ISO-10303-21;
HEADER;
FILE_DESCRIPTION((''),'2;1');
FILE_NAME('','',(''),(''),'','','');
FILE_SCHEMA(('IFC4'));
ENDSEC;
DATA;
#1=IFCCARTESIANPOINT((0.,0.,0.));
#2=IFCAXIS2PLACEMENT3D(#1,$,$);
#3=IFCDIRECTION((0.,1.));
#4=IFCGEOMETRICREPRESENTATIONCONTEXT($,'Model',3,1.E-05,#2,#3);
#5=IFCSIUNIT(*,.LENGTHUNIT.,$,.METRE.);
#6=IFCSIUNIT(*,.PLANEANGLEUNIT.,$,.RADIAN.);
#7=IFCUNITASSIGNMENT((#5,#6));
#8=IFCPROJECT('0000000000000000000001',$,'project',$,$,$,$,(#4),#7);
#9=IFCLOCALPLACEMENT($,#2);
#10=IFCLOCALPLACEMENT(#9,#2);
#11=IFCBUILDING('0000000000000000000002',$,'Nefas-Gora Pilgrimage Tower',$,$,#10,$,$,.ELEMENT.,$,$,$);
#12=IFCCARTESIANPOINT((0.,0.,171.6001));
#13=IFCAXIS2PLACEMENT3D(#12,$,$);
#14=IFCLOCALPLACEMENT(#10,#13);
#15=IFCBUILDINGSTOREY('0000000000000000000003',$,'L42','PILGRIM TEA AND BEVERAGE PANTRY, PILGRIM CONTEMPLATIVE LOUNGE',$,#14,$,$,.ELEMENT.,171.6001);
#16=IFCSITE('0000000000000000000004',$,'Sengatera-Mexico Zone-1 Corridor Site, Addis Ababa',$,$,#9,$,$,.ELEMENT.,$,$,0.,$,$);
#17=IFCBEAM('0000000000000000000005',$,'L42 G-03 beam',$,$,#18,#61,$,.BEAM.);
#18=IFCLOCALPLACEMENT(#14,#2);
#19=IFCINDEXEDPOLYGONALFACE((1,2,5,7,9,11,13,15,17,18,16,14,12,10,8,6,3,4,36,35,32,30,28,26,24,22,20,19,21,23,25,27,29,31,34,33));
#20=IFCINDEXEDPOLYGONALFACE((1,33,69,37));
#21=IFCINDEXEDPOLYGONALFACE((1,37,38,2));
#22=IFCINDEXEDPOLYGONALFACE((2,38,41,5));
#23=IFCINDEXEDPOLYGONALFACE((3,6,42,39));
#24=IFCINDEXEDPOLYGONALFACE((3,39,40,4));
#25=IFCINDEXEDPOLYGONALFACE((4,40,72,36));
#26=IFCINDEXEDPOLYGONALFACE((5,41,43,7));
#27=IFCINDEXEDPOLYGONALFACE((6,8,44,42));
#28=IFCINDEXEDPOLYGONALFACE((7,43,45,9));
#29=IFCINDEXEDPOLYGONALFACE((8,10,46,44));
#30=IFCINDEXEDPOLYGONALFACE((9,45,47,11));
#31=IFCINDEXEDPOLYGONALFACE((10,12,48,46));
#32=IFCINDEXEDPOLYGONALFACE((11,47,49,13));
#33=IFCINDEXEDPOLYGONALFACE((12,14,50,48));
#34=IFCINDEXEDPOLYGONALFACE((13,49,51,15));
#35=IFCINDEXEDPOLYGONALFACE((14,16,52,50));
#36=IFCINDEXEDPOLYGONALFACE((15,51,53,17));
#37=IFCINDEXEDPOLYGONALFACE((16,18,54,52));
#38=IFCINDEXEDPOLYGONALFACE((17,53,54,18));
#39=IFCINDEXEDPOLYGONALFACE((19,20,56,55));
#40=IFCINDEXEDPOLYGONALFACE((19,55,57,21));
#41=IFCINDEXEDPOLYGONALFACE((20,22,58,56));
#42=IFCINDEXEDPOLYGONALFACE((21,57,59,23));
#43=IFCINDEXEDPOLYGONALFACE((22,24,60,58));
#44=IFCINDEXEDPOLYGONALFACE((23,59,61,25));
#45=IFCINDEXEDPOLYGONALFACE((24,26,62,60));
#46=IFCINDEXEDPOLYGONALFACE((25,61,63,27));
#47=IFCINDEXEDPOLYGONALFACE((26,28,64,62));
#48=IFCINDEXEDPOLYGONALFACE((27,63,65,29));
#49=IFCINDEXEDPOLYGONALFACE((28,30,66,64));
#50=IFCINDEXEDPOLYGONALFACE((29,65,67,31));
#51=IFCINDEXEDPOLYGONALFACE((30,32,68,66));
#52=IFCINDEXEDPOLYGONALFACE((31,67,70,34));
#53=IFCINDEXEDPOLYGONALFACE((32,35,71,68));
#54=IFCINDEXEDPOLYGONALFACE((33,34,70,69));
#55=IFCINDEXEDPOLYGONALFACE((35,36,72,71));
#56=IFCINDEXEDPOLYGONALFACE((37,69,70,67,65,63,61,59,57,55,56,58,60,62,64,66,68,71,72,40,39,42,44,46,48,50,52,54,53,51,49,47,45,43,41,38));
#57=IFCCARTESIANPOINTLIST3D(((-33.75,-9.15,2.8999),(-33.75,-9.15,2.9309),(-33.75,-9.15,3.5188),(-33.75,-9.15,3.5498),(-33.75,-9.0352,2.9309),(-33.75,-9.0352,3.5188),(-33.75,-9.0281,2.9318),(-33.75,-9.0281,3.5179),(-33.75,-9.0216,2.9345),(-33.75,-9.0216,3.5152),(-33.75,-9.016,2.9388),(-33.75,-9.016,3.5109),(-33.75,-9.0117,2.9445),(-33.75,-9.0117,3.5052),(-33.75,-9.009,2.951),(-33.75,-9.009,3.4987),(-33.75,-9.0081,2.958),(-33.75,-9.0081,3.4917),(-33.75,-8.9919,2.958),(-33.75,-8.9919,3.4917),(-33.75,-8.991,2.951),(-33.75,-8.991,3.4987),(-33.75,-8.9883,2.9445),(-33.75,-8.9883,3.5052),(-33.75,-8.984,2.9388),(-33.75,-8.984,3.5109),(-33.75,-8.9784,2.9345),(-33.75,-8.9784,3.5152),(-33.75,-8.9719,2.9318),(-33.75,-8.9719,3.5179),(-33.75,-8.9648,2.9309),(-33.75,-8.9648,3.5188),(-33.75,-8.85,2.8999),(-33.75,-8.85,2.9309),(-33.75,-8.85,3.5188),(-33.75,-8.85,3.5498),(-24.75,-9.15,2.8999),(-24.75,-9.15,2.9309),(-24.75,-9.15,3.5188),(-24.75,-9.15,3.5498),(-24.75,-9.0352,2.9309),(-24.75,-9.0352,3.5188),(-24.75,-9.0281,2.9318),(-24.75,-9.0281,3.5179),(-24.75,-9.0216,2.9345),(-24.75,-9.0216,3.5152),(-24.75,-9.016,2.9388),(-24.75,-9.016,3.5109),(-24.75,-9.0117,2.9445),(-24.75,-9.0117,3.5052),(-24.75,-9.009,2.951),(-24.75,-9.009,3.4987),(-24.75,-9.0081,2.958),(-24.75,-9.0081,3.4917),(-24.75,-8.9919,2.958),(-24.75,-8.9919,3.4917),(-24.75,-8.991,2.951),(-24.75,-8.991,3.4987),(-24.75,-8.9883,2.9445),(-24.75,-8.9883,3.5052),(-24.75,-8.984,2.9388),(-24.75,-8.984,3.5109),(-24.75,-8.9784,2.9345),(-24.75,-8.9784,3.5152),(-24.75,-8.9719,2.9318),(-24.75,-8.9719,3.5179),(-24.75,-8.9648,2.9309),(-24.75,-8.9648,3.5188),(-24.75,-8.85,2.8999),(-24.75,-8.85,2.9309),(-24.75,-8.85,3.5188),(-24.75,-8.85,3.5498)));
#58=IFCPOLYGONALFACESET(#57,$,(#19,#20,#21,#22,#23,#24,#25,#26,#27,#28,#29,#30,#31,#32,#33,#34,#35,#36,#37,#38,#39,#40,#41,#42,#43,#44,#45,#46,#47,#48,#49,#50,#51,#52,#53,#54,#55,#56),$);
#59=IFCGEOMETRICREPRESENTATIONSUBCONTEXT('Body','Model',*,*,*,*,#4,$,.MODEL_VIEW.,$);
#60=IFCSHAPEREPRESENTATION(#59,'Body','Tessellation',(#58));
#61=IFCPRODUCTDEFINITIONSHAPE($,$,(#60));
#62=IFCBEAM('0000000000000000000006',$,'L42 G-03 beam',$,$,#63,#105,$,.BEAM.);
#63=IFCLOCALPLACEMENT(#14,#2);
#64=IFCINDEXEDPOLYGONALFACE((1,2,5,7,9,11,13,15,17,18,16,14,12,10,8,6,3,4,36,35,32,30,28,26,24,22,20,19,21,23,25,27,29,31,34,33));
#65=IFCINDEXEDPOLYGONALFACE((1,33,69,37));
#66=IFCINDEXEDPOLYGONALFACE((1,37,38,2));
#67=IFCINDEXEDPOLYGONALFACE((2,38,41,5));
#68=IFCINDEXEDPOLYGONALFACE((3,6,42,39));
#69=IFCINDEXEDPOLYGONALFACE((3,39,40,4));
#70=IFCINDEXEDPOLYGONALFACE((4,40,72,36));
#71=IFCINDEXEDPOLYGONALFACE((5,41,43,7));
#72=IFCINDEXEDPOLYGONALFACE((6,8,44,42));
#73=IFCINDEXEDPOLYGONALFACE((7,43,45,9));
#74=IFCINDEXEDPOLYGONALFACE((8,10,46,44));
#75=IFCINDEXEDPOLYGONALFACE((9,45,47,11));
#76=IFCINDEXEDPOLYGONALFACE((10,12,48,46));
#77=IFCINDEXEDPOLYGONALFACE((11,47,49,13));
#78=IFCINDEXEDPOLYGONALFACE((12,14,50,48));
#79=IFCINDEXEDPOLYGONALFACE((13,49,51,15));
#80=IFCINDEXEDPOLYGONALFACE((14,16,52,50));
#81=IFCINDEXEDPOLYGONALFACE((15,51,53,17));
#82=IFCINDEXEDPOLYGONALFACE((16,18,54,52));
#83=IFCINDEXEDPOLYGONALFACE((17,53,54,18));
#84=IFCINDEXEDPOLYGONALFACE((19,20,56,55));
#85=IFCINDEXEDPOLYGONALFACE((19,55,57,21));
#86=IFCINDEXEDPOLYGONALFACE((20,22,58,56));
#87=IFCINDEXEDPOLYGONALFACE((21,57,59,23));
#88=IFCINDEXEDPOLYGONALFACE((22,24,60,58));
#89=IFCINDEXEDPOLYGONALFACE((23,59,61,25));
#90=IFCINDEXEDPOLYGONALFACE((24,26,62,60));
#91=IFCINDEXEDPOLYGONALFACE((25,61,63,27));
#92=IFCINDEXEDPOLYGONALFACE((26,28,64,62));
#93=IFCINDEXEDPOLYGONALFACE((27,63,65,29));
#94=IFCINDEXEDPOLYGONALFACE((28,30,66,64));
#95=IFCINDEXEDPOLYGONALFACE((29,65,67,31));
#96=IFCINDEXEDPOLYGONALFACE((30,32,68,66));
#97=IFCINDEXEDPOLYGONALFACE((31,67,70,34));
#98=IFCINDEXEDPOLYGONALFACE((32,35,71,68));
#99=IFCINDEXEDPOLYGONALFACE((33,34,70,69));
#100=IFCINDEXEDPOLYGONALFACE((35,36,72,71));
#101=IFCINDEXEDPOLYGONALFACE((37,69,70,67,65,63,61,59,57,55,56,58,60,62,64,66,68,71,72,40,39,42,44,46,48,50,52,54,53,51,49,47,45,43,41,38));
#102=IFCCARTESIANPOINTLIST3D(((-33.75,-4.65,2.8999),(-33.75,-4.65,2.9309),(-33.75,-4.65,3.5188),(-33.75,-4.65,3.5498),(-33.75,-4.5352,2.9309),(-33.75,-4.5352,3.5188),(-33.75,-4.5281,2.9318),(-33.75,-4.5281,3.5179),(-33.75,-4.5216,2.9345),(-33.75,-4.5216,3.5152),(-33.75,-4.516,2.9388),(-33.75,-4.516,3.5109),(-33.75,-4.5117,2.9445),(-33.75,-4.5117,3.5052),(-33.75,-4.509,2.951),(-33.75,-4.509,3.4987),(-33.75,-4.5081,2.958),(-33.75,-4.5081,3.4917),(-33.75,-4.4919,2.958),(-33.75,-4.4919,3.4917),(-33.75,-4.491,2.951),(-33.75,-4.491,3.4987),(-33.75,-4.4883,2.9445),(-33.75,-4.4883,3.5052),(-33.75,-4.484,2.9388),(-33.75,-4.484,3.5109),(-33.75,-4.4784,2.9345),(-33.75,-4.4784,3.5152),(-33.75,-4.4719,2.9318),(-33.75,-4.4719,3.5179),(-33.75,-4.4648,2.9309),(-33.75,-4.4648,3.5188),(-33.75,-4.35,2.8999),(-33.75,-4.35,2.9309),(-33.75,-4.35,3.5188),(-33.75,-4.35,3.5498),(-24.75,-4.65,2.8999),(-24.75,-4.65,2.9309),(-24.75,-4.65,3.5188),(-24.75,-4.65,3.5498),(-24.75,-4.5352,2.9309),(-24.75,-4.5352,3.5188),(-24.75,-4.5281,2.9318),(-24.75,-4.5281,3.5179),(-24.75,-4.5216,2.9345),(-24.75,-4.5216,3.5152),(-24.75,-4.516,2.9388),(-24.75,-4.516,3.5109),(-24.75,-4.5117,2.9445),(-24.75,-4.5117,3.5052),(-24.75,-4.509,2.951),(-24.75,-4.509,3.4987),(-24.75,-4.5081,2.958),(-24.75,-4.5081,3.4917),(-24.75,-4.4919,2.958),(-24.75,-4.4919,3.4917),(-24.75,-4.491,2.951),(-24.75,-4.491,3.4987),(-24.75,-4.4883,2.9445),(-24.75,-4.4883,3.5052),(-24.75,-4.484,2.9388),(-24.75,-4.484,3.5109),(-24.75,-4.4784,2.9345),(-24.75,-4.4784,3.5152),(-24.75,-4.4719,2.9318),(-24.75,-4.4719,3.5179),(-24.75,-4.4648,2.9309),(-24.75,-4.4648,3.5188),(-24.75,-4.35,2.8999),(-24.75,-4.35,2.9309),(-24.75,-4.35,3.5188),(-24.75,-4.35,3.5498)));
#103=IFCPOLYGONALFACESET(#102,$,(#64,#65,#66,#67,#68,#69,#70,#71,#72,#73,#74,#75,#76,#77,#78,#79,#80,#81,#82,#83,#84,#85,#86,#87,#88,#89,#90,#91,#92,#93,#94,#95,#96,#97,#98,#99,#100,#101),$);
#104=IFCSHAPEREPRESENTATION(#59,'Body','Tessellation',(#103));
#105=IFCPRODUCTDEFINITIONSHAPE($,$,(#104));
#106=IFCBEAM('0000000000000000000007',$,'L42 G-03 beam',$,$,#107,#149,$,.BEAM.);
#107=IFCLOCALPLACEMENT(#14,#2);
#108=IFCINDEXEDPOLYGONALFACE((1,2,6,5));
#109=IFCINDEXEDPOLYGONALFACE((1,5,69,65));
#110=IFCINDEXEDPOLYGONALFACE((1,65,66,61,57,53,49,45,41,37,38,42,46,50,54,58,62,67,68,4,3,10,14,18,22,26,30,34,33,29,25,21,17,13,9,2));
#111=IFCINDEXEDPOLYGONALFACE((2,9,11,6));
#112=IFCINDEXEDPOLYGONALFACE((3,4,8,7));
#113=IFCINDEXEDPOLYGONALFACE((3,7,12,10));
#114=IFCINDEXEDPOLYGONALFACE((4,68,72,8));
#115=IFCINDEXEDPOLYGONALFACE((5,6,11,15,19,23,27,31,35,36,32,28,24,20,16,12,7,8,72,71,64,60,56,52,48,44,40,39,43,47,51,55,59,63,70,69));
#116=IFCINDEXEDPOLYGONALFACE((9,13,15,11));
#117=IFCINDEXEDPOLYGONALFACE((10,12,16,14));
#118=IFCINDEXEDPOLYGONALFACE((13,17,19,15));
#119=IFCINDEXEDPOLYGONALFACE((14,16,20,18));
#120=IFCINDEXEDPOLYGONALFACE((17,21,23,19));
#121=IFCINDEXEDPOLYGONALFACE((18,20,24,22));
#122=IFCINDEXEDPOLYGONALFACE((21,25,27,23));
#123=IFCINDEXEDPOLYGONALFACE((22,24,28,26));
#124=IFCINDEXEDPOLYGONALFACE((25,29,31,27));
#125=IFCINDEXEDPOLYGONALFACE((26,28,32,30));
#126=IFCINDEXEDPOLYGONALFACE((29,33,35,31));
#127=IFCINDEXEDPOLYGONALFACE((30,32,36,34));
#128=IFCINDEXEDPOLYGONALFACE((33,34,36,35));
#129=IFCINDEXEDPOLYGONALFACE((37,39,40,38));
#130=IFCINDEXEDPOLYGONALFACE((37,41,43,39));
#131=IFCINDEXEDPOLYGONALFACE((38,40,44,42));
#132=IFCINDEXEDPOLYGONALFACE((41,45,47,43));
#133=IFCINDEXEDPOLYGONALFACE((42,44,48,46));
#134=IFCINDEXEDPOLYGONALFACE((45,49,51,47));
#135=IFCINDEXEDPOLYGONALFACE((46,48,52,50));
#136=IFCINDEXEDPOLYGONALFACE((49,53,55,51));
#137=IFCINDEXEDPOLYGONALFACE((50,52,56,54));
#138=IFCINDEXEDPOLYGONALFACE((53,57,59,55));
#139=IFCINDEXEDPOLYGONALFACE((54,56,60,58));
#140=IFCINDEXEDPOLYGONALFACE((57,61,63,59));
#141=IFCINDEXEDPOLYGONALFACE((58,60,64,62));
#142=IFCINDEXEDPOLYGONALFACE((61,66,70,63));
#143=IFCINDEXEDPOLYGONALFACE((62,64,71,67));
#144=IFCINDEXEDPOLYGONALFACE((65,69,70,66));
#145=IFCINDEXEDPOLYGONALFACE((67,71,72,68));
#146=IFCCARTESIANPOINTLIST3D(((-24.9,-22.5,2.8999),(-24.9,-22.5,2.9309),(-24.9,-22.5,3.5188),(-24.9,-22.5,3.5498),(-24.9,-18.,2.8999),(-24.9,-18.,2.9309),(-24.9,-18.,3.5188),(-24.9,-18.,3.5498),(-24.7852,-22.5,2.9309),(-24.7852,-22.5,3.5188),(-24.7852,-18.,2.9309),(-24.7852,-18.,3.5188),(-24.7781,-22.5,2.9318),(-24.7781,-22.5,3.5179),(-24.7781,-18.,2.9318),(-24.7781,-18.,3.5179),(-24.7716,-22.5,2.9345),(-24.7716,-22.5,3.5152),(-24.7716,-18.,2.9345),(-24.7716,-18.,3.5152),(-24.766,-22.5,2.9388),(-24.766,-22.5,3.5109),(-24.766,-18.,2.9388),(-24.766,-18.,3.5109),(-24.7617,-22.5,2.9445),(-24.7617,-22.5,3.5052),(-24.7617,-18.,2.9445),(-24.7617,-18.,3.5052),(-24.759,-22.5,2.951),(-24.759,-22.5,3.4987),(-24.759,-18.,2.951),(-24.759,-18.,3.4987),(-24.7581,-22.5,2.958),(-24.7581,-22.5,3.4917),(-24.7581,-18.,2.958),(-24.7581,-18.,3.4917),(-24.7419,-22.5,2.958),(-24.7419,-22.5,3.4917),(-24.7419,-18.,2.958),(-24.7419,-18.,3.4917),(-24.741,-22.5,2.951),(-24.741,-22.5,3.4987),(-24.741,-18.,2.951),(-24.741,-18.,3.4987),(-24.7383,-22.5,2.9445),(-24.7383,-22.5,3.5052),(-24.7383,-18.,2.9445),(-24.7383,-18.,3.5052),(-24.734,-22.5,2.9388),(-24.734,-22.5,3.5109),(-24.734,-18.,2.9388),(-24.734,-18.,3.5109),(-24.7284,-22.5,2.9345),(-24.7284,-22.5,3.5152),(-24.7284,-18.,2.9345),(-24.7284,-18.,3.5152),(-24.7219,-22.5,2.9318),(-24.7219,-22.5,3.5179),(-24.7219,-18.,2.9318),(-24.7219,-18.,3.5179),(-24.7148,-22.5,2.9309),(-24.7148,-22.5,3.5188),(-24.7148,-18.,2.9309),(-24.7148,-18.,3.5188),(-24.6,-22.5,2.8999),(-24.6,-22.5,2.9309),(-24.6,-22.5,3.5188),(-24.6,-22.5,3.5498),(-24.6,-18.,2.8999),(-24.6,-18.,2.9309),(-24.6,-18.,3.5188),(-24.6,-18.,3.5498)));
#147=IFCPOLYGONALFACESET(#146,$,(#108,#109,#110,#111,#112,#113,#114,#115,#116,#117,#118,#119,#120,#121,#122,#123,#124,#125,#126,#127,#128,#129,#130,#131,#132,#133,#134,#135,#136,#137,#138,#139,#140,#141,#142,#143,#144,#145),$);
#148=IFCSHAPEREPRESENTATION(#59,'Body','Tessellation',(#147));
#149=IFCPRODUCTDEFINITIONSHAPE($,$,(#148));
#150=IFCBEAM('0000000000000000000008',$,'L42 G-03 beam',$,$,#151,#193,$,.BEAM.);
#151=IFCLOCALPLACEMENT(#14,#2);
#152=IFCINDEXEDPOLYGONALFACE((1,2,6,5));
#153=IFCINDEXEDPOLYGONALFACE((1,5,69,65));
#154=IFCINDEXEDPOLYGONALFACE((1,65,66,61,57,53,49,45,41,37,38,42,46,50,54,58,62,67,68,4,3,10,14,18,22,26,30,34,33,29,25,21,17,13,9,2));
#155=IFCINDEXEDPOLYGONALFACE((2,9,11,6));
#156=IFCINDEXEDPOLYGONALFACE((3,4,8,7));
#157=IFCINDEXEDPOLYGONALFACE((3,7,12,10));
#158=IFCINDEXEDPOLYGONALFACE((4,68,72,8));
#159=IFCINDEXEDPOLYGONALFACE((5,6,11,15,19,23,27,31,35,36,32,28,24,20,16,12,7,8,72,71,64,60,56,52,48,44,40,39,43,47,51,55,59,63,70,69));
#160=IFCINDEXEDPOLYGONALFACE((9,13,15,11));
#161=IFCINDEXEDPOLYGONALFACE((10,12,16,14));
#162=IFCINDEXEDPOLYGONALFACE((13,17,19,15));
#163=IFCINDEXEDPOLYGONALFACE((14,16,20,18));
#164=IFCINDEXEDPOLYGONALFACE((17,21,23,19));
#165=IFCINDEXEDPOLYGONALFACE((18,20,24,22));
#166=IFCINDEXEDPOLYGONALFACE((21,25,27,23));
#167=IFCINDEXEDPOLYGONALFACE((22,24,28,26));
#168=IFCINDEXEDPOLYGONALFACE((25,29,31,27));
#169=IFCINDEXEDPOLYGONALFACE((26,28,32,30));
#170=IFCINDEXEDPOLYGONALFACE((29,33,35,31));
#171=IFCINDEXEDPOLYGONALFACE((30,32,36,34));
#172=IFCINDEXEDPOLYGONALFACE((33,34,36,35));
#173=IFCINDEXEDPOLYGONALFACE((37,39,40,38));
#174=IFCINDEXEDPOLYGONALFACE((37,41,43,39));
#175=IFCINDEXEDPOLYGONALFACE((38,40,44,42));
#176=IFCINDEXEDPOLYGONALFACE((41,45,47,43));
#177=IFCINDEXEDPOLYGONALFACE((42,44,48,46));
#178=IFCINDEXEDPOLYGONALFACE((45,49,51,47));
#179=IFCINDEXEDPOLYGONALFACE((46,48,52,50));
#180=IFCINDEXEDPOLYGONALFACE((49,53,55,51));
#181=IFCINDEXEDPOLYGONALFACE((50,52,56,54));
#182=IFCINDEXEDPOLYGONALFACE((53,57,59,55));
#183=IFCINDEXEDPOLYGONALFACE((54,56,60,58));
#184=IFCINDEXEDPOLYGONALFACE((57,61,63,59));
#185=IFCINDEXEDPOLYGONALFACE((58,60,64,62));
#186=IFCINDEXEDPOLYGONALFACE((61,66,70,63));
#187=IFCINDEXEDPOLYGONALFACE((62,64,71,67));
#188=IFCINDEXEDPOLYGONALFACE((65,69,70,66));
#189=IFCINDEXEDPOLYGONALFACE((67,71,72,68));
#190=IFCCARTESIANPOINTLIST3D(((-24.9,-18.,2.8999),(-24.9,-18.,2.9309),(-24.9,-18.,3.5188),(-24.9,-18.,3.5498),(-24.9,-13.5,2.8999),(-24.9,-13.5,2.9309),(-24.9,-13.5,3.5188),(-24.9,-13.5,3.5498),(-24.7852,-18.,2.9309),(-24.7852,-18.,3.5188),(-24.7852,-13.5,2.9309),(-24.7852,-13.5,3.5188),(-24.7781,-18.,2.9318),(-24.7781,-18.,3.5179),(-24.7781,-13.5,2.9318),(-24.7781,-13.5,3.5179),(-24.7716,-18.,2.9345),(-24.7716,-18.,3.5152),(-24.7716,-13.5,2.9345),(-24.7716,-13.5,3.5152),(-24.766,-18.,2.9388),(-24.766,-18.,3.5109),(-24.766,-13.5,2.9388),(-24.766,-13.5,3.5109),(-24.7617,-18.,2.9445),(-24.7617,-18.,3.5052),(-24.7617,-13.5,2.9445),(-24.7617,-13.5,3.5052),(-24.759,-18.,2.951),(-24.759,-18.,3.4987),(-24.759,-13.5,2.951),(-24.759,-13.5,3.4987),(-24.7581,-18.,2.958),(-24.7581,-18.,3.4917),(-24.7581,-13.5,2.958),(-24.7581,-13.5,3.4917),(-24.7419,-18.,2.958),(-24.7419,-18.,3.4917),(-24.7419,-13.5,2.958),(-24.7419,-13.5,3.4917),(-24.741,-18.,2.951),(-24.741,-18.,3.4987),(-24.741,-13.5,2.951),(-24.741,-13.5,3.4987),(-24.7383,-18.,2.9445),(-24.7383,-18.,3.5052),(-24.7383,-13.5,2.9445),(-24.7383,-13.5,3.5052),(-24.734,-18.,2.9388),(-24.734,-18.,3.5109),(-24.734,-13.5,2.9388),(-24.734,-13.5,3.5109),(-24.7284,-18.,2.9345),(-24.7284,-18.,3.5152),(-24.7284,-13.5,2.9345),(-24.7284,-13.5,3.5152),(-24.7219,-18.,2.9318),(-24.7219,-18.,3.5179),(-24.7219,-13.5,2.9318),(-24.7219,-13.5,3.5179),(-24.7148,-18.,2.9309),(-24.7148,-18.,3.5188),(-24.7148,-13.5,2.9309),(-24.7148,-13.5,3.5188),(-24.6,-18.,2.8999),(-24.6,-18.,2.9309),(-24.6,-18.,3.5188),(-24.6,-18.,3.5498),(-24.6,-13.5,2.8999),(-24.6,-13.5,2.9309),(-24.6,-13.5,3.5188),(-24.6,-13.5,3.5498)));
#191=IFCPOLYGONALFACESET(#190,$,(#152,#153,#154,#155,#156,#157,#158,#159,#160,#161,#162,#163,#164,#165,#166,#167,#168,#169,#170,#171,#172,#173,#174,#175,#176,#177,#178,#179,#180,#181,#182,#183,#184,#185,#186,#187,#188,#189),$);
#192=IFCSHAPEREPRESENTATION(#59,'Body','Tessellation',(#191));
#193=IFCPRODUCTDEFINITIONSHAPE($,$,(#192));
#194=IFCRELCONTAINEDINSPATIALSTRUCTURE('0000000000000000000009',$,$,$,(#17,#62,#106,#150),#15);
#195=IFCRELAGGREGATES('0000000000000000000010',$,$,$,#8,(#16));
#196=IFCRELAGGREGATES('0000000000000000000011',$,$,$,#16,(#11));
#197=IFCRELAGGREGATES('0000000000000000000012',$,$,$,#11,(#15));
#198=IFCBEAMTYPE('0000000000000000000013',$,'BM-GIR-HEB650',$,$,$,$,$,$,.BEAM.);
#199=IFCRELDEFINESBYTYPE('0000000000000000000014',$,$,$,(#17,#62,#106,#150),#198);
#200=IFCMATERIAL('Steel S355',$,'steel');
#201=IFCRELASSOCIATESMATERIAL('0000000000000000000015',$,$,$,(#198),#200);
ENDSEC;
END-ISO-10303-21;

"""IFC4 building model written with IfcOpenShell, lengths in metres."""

from ifc_helpers import new_model, si_unit, direction, frame, origin, origin_2d, place, context, subcontext, project, spatial, i_section, extrude, source, transform, mapped, material, material_profile, profile_set, type_object, element, save


model = new_model("IFC4")

# Units and contexts
model_context = context("Model", 3, precision=1e-05, world=origin(), true_north=direction((0.0, 1.0)))
body_context = subcontext(model_context, "Body", "Model", "MODEL_VIEW")
ifc_project = project(units=[si_unit("LENGTHUNIT", "METRE"), si_unit("PLANEANGLEUNIT", "RADIAN")], contexts=[model_context])

# Site, building, storey
site_placement = place(None, origin())
site = spatial("IfcSite", under=ifc_project, at=site_placement, Name="Sengatera-Mexico Zone-1 Corridor Site, Addis Ababa", CompositionType="ELEMENT", RefElevation=0.0)
building_placement = place(site_placement, origin())
building = spatial("IfcBuilding", under=site, at=building_placement, Name="Nefas-Gora Pilgrimage Tower", CompositionType="ELEMENT")
storey_placement = place(building_placement, frame((0.0, 0.0, 171.6001)))
storey = spatial("IfcBuildingStorey", under=building, at=storey_placement, Name="L42", Description="PILGRIM TEA AND BEVERAGE PANTRY, PILGRIM CONTEMPLATIVE LOUNGE", CompositionType="ELEMENT", Elevation=171.6001)

# Beams
ifc_material_1 = material(Name="Steel S355", Category="steel")
ifc_material_profile_1 = material_profile(ifc_material_1, i_section(OverallWidth=0.3, OverallDepth=0.6499, WebThickness=0.0161, FlangeThickness=0.031, FilletRadius=0.0271, at=origin_2d()), Name="HEB 650")
ifc_profile_set_1 = profile_set([ifc_material_profile_1], Name="Steel S355")
beam_type_1 = type_object("IfcBeamType", Name="BM-GIR-HEB650", PredefinedType="BEAM", material=ifc_profile_set_1)
shared_shape_1 = source(origin(), body_context, "Body", "SweptSolid", [
    extrude(i_section(OverallWidth=0.3, OverallDepth=0.6499, WebThickness=0.0161, FlangeThickness=0.031, FilletRadius=0.0271, at=origin_2d()), origin(), (0.0, 0.0, 1.0), 9.0),
])
for number, where, z_axis, x_axis, name in (
    (1, (-33.75, -9.0, 3.2249), (1.0, 0.0, 0.0), (0.0, 1.0, 0.0), "L42 G-03 beam"),
    (2, (-33.75, -4.5, 3.2249), (1.0, 0.0, 0.0), (0.0, 1.0, 0.0), "L42 G-03 beam"),
):
    element("IfcBeam", number, at=place(storey_placement, frame(where, z_axis=z_axis, x_axis=x_axis)), inside=storey, type_object=beam_type_1, Name=name, PredefinedType="BEAM", context=body_context, shape_type="MappedRepresentation", body=[
        mapped(shared_shape_1, transform((0.0, 0.0, 0.0), x_axis=(1.0, 0.0, 0.0), y_axis=(0.0, 1.0, 0.0), z_axis=(0.0, 0.0, 1.0), scale=1.0)),
    ])
shared_shape_2 = source(origin(), body_context, "Body", "SweptSolid", [
    extrude(i_section(OverallWidth=0.3, OverallDepth=0.6499, WebThickness=0.0161, FlangeThickness=0.031, FilletRadius=0.0271, at=origin_2d()), origin(), (0.0, 0.0, 1.0), 4.5),
])
for number, where, z_axis, x_axis, name in (
    (3, (-24.75, -22.5, 3.2249), (0.0, 1.0, 0.0), (-1.0, 0.0, 0.0), "L42 G-03 beam"),
    (4, (-24.75, -18.0, 3.2249), (0.0, 1.0, 0.0), (-1.0, 0.0, 0.0), "L42 G-03 beam"),
):
    element("IfcBeam", number, at=place(storey_placement, frame(where, z_axis=z_axis, x_axis=x_axis)), inside=storey, type_object=beam_type_1, Name=name, PredefinedType="BEAM", context=body_context, shape_type="MappedRepresentation", body=[
        mapped(shared_shape_2, transform((0.0, 0.0, 0.0), x_axis=(1.0, 0.0, 0.0), y_axis=(0.0, 1.0, 0.0), z_axis=(0.0, 0.0, 1.0), scale=1.0)),
    ])

save(model, "model.ifc")
